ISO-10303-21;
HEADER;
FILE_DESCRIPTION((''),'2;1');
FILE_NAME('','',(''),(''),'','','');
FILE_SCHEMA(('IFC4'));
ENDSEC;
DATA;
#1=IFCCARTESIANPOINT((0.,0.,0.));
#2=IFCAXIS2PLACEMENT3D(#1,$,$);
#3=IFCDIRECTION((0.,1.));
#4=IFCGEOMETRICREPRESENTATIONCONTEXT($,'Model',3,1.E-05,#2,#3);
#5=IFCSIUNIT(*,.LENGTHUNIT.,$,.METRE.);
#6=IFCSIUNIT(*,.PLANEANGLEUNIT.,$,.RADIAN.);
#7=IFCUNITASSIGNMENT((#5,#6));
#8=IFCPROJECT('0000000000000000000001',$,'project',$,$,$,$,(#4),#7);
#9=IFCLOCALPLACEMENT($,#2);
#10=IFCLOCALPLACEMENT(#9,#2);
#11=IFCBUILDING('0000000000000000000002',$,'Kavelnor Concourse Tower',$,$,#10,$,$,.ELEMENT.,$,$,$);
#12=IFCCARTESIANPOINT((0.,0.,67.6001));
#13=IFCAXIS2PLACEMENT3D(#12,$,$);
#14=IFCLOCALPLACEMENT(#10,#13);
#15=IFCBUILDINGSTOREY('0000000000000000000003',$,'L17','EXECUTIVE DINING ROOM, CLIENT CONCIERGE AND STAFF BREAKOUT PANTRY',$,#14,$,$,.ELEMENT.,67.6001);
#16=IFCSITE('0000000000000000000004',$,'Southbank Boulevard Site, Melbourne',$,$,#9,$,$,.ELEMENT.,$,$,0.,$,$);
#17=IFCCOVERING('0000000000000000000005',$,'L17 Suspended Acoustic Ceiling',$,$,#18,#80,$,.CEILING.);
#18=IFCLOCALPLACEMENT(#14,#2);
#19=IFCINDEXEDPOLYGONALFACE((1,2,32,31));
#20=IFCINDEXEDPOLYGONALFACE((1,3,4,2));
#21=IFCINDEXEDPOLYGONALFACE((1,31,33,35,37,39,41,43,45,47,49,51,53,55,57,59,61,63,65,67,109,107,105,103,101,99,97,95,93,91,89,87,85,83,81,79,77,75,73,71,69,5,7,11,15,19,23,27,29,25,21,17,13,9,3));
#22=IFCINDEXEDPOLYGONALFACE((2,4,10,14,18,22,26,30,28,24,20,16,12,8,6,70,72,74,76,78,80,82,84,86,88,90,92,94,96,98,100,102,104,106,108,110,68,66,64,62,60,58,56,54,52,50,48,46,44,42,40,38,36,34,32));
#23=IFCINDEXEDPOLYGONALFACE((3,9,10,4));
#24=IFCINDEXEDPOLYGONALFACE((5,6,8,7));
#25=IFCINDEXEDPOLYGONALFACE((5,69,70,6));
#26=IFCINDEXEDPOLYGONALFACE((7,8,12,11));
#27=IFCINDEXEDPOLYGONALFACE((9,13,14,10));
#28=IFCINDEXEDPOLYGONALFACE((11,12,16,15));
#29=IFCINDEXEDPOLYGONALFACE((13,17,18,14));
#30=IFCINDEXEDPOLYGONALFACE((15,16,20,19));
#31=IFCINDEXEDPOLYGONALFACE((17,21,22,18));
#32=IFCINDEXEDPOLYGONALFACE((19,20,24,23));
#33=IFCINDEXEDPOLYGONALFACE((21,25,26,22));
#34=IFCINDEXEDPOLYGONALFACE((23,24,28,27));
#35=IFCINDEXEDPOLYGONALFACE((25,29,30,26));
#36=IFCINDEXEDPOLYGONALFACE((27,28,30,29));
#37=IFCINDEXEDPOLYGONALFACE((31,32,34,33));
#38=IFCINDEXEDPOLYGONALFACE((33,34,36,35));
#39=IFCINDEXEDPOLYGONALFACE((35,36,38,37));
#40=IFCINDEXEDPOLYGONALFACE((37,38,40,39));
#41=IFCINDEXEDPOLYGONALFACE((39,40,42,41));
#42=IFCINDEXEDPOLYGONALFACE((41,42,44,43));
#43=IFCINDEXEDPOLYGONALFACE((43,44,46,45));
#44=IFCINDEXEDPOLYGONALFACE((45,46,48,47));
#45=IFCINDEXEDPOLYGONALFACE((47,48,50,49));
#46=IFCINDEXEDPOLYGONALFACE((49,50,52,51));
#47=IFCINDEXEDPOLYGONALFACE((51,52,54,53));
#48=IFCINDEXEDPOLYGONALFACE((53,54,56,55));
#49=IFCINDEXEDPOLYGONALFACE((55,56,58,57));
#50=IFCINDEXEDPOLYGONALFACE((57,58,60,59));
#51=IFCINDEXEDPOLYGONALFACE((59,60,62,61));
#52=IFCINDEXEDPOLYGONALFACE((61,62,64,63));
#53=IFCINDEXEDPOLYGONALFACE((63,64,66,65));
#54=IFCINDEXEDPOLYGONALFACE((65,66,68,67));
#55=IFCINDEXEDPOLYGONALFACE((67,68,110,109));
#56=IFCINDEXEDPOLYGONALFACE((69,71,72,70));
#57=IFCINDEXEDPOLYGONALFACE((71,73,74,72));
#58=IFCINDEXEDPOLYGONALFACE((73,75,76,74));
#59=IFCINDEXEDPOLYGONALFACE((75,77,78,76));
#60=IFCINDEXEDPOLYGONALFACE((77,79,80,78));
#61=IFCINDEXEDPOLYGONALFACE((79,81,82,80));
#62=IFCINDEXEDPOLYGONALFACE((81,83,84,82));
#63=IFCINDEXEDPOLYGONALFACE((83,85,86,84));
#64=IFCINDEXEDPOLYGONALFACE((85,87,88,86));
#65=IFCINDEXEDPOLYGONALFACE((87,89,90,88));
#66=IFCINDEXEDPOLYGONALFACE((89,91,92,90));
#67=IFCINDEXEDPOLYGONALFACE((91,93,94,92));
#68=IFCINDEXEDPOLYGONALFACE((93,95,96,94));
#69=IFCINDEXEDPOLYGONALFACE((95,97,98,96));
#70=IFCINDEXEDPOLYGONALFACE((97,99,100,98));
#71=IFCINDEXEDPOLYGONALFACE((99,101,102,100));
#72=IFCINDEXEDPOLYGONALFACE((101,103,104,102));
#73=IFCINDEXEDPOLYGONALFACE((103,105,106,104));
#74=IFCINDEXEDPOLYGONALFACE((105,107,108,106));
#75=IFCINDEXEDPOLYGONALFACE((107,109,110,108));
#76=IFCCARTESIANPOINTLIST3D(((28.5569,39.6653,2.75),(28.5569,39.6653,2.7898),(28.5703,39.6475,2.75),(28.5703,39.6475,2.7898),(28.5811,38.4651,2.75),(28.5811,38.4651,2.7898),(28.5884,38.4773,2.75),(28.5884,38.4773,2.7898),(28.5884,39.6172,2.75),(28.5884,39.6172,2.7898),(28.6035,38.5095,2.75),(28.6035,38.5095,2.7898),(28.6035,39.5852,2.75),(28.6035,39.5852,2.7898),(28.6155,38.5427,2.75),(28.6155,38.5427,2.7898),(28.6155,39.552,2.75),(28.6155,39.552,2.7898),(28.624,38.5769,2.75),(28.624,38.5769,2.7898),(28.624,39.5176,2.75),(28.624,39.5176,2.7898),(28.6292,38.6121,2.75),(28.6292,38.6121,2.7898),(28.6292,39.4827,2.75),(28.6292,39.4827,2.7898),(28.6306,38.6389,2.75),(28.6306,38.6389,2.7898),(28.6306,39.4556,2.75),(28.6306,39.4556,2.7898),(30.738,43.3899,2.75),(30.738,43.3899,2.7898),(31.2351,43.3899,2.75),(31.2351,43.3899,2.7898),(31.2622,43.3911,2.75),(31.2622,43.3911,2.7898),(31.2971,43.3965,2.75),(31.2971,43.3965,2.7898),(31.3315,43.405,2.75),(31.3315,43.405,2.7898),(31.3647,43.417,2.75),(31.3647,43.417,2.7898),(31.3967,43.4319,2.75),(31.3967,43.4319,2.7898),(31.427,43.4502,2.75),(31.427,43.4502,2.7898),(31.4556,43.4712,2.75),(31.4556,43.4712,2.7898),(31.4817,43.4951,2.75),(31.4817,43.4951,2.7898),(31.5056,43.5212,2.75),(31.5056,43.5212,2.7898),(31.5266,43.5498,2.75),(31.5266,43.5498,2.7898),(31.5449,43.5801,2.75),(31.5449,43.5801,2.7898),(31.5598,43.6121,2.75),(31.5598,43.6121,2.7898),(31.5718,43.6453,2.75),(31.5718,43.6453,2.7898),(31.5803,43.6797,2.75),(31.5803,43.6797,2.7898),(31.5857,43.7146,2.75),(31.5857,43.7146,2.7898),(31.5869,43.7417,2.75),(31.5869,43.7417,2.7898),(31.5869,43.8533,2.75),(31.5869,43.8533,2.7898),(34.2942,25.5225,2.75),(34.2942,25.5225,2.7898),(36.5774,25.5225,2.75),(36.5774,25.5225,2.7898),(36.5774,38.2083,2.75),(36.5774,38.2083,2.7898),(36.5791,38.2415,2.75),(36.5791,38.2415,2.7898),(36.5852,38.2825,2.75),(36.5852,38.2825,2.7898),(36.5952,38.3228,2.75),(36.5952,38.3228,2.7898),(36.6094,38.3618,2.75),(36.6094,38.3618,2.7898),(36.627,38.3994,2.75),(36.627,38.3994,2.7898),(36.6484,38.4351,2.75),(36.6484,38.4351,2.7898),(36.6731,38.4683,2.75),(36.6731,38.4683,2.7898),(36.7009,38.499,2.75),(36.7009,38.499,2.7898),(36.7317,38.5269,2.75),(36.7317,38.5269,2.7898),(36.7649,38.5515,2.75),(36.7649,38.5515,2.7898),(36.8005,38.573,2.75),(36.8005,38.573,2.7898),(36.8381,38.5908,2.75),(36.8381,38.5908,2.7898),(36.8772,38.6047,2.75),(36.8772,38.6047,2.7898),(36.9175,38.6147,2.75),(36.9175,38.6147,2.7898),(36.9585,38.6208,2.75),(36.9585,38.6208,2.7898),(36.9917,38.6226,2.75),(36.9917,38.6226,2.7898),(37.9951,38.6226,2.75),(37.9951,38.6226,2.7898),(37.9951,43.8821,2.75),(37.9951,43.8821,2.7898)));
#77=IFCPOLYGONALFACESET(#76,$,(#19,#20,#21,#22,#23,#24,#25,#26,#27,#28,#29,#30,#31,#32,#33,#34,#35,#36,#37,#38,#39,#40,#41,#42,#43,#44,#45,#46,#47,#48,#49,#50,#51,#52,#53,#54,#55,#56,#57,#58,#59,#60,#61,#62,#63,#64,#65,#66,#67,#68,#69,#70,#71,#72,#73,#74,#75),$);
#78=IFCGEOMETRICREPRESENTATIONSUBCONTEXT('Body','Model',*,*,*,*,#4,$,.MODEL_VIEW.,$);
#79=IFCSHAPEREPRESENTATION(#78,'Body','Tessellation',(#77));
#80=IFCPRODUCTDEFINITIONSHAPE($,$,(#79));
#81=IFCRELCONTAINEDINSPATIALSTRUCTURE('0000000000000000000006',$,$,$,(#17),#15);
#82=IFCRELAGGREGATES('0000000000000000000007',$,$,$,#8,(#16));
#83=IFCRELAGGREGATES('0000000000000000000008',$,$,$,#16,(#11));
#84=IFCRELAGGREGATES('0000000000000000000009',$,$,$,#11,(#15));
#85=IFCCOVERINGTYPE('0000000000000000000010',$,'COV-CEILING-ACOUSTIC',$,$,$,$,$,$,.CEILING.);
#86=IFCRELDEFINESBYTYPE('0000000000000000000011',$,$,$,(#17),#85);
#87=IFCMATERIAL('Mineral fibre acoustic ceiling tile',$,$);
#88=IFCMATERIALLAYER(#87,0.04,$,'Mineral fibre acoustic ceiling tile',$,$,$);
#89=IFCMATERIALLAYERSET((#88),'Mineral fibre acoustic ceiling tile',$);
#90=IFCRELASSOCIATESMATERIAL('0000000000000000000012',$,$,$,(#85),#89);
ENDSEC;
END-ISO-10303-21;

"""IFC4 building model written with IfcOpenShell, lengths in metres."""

from ifc_helpers import new_model, si_unit, direction, frame, origin, place, context, subcontext, project, spatial, polyline, outline, extrude, material, layer, layer_set, type_object, element, save


model = new_model("IFC4")

# Units and contexts
model_context = context("Model", 3, precision=1e-05, world=origin(), true_north=direction((0.0, 1.0)))
body_context = subcontext(model_context, "Body", "Model", "MODEL_VIEW")
ifc_project = project(units=[si_unit("LENGTHUNIT", "METRE"), si_unit("PLANEANGLEUNIT", "RADIAN")], contexts=[model_context])

# Site, building, storey
site_placement = place(None, origin())
site = spatial("IfcSite", under=ifc_project, at=site_placement, Name="Southbank Boulevard Site, Melbourne", CompositionType="ELEMENT", RefElevation=0.0)
building_placement = place(site_placement, origin())
building = spatial("IfcBuilding", under=site, at=building_placement, Name="Kavelnor Concourse Tower", CompositionType="ELEMENT")
storey_placement = place(building_placement, frame((0.0, 0.0, 67.6001)))
storey = spatial("IfcBuildingStorey", under=building, at=storey_placement, Name="L17", Description="EXECUTIVE DINING ROOM, CLIENT CONCIERGE AND STAFF BREAKOUT PANTRY", CompositionType="ELEMENT", Elevation=67.6001)

# Covering
ifc_material_1 = material(Name="Mineral fibre acoustic ceiling tile")
ifc_layer_1 = layer(ifc_material_1, 0.04, Name="Mineral fibre acoustic ceiling tile")
ifc_layer_set_1 = layer_set([ifc_layer_1], Name="Mineral fibre acoustic ceiling tile")
covering_type_1 = type_object("IfcCoveringType", Name="COV-CEILING-ACOUSTIC", PredefinedType="CEILING", material=ifc_layer_set_1)
covering_1_placement = place(storey_placement, frame((0.0, 0.0, 2.75)))
element("IfcCovering", 1, at=covering_1_placement, inside=storey, type_object=covering_type_1, Name="L17 Suspended Acoustic Ceiling", PredefinedType="CEILING", context=body_context, shape_type="SweptSolid", body=[
    extrude(outline(polyline([(31.2622, 43.3911), (31.2971, 43.3965), (31.3315, 43.405), (31.3647, 43.417), (31.3967, 43.4319), (31.427, 43.4502), (31.4556, 43.4712), (31.4817, 43.4951), (31.5056, 43.5212), (31.5266, 43.5498), (31.5449, 43.5801), (31.5598, 43.6121), (31.5718, 43.6453), (31.5803, 43.6797), (31.5857, 43.7146), (31.5869, 43.7417), (31.5869, 43.8533), (37.9951, 43.8821), (37.9951, 38.6226), (36.9917, 38.6226), (36.9585, 38.6208), (36.9175, 38.6147), (36.8772, 38.6047), (36.8381, 38.5908), (36.8005, 38.573), (36.7649, 38.5515), (36.7317, 38.5269), (36.7009, 38.499), (36.6731, 38.4683), (36.6484, 38.4351), (36.627, 38.3994), (36.6094, 38.3618), (36.5952, 38.3228), (36.5852, 38.2825), (36.5791, 38.2415), (36.5774, 38.2083), (36.5774, 25.5225), (34.2942, 25.5225), (28.5811, 38.4651), (28.5884, 38.4773), (28.6035, 38.5095), (28.6155, 38.5427), (28.624, 38.5769), (28.6292, 38.6121), (28.6306, 38.6389), (28.6306, 39.4556), (28.6292, 39.4827), (28.624, 39.5176), (28.6155, 39.552), (28.6035, 39.5852), (28.5884, 39.6172), (28.5703, 39.6475), (28.5569, 39.6653), (30.738, 43.3899), (31.2351, 43.3899), (31.2622, 43.3911)])), origin(), (0.0, 0.0, 1.0), 0.0398),
])

save(model, "model.ifc")
